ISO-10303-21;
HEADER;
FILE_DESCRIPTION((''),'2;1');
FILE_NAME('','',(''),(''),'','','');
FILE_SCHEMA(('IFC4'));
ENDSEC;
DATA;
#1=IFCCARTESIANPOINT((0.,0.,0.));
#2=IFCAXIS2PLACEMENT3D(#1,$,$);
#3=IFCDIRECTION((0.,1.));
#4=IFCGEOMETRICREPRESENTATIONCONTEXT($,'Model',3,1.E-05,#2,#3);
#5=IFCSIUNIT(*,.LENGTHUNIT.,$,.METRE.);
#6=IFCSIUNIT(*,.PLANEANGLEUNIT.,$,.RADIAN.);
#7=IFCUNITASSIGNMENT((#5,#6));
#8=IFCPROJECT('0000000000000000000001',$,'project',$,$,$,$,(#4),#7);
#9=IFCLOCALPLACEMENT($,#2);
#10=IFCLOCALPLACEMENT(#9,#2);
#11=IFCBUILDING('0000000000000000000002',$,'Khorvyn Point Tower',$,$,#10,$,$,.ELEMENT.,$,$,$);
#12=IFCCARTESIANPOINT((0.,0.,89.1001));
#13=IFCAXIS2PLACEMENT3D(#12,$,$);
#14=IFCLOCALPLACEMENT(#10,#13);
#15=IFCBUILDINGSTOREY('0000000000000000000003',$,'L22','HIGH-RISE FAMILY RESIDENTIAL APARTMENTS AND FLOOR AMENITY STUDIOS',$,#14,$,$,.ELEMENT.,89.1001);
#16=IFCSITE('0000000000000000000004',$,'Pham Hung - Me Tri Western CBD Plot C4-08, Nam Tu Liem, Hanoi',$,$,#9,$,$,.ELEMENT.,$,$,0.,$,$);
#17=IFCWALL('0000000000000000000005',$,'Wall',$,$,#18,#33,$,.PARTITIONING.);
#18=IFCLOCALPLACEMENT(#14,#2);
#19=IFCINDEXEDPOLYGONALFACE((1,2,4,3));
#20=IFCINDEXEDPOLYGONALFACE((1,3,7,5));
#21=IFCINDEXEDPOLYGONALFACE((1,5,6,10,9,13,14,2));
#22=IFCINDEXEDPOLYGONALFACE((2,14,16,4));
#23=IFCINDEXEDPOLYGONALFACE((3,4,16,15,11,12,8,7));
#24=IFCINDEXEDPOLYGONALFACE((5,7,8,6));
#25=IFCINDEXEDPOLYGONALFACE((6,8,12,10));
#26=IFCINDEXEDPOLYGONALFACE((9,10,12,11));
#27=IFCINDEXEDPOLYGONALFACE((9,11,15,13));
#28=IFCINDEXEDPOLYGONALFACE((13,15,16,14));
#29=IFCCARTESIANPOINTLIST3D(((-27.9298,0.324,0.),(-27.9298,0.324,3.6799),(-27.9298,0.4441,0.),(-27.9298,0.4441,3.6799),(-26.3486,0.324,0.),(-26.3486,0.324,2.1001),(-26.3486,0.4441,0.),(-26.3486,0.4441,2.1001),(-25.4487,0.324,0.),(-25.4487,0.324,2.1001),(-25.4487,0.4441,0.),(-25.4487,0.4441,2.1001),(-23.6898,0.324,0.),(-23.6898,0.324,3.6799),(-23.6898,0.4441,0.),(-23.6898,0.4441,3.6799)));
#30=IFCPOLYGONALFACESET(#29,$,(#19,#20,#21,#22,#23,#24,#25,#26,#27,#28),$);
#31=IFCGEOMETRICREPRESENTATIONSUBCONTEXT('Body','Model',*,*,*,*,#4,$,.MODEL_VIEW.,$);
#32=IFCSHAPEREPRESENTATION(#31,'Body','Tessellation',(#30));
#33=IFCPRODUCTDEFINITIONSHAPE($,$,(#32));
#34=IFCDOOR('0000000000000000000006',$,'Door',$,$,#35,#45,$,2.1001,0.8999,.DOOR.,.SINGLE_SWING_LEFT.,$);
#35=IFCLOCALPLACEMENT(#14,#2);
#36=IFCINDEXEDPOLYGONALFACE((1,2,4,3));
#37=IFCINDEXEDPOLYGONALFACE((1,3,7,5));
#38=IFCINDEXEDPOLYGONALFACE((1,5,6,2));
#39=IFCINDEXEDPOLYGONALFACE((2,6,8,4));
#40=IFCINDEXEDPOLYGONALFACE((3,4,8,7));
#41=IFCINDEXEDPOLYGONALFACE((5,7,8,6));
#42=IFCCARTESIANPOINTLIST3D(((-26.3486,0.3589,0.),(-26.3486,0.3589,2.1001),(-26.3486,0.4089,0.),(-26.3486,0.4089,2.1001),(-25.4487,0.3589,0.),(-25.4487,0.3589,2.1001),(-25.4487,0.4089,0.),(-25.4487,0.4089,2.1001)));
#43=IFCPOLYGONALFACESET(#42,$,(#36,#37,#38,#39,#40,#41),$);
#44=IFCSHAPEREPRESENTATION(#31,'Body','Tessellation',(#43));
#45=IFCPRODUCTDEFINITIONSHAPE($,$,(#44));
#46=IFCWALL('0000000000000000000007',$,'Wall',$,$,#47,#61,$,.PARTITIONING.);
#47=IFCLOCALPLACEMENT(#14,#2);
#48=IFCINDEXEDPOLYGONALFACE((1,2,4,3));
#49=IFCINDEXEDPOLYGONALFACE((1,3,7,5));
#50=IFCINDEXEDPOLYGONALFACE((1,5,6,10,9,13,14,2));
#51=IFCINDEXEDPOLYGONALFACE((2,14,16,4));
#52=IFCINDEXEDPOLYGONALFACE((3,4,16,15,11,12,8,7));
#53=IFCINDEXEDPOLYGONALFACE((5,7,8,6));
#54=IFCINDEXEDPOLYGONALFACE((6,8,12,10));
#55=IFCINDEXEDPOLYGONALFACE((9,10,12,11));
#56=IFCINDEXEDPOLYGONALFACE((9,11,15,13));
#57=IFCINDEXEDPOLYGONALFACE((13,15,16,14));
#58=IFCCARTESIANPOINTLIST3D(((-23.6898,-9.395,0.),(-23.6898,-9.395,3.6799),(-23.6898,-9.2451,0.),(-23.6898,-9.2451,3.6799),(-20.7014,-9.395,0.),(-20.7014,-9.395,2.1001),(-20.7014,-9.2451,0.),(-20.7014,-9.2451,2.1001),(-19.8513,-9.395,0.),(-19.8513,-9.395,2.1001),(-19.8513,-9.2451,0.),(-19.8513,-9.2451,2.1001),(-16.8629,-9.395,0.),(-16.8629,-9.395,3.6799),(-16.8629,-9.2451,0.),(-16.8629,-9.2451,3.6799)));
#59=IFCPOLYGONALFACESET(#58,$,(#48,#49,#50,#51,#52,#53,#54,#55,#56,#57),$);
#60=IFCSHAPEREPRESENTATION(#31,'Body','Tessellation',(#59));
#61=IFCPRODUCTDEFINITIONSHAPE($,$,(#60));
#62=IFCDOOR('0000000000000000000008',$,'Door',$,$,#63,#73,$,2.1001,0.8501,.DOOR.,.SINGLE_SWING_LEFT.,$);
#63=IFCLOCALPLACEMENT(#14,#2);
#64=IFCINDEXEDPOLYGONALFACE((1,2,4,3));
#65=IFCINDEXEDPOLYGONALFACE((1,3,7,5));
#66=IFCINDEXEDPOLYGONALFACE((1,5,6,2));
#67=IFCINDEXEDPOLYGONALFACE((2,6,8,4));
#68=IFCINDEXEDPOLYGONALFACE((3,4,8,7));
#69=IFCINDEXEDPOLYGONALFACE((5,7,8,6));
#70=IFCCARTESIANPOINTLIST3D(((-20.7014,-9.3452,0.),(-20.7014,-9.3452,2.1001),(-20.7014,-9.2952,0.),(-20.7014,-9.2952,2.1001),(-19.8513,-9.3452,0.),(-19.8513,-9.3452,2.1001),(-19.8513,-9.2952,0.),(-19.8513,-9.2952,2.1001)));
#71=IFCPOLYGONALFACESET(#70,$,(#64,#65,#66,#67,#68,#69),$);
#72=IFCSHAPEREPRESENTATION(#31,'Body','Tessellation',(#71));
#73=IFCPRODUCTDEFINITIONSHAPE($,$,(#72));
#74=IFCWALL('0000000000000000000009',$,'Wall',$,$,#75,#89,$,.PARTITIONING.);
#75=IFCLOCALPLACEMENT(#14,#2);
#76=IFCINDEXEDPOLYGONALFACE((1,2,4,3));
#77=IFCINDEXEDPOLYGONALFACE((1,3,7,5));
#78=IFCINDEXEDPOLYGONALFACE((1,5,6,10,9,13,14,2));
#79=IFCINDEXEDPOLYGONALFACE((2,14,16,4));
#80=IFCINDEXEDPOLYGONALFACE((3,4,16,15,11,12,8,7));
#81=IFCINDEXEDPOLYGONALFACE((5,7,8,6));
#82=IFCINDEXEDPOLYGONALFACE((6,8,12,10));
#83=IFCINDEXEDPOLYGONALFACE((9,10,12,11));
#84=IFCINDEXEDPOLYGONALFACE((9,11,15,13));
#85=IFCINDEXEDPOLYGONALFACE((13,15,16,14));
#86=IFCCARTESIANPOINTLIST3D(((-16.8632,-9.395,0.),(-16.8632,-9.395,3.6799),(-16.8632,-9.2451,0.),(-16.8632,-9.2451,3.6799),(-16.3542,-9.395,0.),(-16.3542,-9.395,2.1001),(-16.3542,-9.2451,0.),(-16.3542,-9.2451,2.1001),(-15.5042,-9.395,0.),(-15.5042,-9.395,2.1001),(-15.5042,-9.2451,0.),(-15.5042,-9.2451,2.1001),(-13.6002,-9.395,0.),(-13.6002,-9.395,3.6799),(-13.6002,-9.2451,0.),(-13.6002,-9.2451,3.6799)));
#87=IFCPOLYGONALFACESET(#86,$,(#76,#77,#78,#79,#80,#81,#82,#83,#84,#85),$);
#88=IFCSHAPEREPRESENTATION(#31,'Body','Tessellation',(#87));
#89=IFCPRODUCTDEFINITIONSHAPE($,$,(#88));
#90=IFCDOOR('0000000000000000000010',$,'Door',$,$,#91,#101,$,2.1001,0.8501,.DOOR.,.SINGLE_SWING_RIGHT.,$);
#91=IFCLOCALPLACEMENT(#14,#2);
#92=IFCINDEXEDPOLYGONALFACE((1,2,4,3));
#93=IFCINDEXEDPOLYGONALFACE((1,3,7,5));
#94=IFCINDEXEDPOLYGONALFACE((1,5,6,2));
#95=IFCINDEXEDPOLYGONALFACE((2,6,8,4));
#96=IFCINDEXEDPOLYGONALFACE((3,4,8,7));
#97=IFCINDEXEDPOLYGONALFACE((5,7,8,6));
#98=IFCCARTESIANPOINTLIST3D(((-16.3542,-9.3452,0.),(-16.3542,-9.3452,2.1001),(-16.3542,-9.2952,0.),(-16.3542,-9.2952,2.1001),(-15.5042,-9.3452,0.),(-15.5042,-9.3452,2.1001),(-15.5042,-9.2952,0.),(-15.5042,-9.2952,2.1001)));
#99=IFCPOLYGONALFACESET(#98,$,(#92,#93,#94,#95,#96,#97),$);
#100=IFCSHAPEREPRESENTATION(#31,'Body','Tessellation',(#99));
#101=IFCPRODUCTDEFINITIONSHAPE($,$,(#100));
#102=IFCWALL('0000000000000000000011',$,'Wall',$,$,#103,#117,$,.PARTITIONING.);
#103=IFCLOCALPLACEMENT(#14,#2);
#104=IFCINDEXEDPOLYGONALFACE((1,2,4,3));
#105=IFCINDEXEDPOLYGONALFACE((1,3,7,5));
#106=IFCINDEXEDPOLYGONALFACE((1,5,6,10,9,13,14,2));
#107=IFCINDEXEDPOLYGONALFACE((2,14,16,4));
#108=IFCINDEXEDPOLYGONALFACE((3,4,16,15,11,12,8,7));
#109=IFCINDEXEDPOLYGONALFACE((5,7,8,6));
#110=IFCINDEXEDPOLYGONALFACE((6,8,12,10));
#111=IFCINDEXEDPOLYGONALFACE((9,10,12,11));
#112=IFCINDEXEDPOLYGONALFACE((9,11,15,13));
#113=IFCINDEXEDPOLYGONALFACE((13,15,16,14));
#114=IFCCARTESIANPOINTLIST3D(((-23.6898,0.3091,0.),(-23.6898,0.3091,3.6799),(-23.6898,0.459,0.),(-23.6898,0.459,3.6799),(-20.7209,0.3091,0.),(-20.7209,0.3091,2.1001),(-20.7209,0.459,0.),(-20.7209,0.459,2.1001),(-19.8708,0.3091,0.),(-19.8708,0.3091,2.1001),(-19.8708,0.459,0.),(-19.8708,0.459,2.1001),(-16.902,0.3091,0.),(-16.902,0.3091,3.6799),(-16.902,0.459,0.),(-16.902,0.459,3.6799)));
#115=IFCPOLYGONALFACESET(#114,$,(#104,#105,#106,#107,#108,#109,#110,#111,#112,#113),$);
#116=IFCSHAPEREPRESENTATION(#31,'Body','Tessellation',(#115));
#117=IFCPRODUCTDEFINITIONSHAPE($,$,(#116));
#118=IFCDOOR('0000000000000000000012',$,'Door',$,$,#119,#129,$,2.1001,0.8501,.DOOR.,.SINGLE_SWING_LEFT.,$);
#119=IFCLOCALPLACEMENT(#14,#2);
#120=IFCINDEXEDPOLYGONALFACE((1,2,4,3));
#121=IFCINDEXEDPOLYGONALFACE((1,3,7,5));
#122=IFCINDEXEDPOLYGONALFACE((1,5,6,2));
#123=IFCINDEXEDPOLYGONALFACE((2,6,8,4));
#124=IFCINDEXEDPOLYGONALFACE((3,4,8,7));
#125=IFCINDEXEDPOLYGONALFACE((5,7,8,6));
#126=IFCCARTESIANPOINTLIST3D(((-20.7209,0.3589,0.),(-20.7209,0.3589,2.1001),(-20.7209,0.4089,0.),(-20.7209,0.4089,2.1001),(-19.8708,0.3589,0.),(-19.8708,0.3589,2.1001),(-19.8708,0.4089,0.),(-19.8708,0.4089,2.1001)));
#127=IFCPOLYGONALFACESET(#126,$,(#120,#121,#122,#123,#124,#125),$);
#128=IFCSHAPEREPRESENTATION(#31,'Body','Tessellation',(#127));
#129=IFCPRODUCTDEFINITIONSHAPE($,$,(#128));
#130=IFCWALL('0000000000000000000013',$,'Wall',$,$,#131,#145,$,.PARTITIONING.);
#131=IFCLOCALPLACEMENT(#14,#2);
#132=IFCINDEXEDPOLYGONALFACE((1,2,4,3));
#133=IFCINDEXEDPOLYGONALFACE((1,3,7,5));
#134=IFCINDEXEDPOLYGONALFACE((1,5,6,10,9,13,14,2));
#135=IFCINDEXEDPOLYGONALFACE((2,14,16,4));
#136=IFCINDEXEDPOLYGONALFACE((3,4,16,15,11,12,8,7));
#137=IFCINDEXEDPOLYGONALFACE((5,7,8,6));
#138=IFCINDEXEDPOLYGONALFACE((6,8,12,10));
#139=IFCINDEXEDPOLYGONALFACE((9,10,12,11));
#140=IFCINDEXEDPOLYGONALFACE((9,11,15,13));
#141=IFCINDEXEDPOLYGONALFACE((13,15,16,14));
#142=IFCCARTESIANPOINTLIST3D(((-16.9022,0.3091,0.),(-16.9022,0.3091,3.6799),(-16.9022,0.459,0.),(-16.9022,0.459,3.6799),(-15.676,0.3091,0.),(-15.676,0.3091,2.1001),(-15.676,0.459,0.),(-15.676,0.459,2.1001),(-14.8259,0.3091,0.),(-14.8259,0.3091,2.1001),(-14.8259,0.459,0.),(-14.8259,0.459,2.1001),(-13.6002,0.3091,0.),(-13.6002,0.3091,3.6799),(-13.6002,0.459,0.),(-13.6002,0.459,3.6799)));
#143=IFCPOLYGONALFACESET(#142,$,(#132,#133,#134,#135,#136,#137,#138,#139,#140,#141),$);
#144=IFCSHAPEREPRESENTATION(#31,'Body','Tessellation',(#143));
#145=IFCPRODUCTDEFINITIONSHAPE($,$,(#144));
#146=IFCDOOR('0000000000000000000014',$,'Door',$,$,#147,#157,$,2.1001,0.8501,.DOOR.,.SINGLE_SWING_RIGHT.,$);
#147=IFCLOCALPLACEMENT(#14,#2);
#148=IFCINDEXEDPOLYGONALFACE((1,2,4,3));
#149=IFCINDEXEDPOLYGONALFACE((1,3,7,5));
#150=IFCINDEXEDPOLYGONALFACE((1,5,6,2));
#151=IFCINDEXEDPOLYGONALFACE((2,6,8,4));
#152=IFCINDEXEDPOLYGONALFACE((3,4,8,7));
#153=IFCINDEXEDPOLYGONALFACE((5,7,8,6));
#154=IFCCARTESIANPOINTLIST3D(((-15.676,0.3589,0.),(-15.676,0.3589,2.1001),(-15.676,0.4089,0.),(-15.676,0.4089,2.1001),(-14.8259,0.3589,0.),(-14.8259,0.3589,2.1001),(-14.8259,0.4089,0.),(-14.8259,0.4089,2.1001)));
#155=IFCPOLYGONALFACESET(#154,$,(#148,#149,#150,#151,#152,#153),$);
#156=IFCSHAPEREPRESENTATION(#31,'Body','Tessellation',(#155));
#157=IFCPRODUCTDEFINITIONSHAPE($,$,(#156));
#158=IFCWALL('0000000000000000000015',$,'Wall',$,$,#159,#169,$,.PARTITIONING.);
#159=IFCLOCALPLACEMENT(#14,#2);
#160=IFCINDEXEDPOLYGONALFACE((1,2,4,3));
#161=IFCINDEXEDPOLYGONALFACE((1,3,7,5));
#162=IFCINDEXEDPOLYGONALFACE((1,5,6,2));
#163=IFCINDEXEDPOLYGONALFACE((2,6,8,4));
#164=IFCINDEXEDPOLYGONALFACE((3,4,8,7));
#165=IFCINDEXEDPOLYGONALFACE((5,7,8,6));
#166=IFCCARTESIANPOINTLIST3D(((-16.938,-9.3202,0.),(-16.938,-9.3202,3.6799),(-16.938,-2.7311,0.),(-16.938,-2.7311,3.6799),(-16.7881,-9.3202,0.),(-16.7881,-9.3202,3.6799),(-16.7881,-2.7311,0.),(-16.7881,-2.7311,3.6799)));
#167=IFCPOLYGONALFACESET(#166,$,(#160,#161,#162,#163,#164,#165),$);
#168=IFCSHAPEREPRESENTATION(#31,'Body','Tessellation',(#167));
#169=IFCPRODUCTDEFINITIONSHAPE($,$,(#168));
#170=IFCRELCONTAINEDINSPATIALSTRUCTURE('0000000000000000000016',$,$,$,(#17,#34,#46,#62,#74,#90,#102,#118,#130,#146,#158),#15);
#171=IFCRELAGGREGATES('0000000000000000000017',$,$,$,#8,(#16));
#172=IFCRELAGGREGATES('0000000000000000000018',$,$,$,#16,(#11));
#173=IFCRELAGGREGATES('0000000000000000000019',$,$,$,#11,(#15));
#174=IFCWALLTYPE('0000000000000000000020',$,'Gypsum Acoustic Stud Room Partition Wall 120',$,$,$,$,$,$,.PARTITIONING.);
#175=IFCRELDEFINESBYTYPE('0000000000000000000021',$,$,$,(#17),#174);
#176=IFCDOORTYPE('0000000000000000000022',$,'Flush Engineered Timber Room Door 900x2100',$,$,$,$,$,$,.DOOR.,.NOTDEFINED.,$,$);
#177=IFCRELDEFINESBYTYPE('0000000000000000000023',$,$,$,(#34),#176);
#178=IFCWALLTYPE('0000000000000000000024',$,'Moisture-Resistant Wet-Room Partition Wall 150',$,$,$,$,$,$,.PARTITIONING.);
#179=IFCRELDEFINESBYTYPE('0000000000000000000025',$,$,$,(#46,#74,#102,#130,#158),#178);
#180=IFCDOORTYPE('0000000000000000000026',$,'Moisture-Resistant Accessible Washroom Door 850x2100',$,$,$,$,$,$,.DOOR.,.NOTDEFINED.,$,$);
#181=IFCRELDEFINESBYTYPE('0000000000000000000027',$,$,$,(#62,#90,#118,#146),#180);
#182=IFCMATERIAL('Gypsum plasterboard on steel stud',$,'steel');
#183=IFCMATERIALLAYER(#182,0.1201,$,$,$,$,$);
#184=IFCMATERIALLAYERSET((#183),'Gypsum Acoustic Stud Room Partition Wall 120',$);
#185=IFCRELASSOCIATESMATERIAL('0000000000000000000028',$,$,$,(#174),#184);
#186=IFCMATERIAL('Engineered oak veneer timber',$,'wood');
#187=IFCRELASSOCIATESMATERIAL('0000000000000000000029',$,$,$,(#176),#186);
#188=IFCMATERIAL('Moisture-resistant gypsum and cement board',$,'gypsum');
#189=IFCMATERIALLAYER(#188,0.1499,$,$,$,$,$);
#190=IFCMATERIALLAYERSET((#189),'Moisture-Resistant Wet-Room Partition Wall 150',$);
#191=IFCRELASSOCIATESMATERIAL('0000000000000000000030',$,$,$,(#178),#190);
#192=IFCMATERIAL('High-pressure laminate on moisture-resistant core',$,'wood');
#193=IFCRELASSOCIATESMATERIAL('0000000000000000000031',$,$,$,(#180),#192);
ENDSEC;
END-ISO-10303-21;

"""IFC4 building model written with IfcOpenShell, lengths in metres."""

from ifc_helpers import new_model, si_unit, direction, frame, frame_2d, origin, place, context, subcontext, project, spatial, rectangle, extrude, material, layer, layer_set, type_object, element, fill, save


model = new_model("IFC4")

# Units and contexts
model_context = context("Model", 3, precision=1e-05, world=origin(), true_north=direction((0.0, 1.0)))
body_context = subcontext(model_context, "Body", "Model", "MODEL_VIEW")
ifc_project = project(units=[si_unit("LENGTHUNIT", "METRE"), si_unit("PLANEANGLEUNIT", "RADIAN")], contexts=[model_context])

# Site, building, storey
site_placement = place(None, origin())
site = spatial("IfcSite", under=ifc_project, at=site_placement, Name="Pham Hung - Me Tri Western CBD Plot C4-08, Nam Tu Liem, Hanoi", CompositionType="ELEMENT", RefElevation=0.0)
building_placement = place(site_placement, origin())
building = spatial("IfcBuilding", under=site, at=building_placement, Name="Khorvyn Point Tower", CompositionType="ELEMENT")
storey_placement = place(building_placement, frame((0.0, 0.0, 89.1001)))
storey = spatial("IfcBuildingStorey", under=building, at=storey_placement, Name="L22", Description="HIGH-RISE FAMILY RESIDENTIAL APARTMENTS AND FLOOR AMENITY STUDIOS", CompositionType="ELEMENT", Elevation=89.1001)

# Walls, openings, doors
ifc_material_1 = material(Name="Gypsum plasterboard on steel stud", Category="steel")
ifc_layer_1 = layer(ifc_material_1, 0.1201)
ifc_layer_set_1 = layer_set([ifc_layer_1], Name="Gypsum Acoustic Stud Room Partition Wall 120")
wall_type_1 = type_object("IfcWallType", Name="Gypsum Acoustic Stud Room Partition Wall 120", PredefinedType="PARTITIONING", material=ifc_layer_set_1)
ifc_material_2 = material(Name="Engineered oak veneer timber", Category="wood")
door_type_1 = type_object("IfcDoorType", Name="Flush Engineered Timber Room Door 900x2100", OperationType="NOTDEFINED", PredefinedType="DOOR", material=ifc_material_2)
wall_1_placement = place(storey_placement, frame((-27.9299, 0.384, 0.0), z_axis=(0.0, 0.0, 1.0), x_axis=(1.0, 0.0, 0.0)))
wall_1 = element("IfcWall", 1, at=wall_1_placement, inside=storey, type_object=wall_type_1, Name="Wall", PredefinedType="PARTITIONING", context=body_context, shape_type="SweptSolid", body=[
    extrude(rectangle(XDim=4.24, YDim=0.1201, at=frame_2d((2.1201, 0.0))), origin(), (0.0, 0.0, 1.0), 3.6799),
])
opening_1_placement = place(wall_1_placement, frame((1.5813, 0.0, 0.0)))
opening_1 = element("IfcOpeningElement", 2, at=opening_1_placement, cuts=wall_1, PredefinedType="OPENING", context=body_context, shape_type="SweptSolid", body=[
    extrude(rectangle(XDim=0.8999, YDim=2.1001, at=frame_2d((0.45, 1.05))), frame((0.0, 0.0701, 0.0), z_axis=(0.0, -1.0, 0.0), x_axis=(1.0, 0.0, 0.0)), (0.0, 0.0, 1.0), 0.1401),
])
door_1_placement = place(opening_1_placement, origin())
door_1 = element("IfcDoor", 3, at=door_1_placement, inside=storey, type_object=door_type_1, Name="Door", OperationType="SINGLE_SWING_LEFT", OverallHeight=2.1001, OverallWidth=0.8999, PredefinedType="DOOR", context=body_context, shape_type="SweptSolid", body=[
    extrude(rectangle(XDim=0.8999, YDim=2.1001, at=frame_2d((0.45, 1.05))), frame((0.0, 0.0249, 0.0), z_axis=(0.0, -1.0, 0.0), x_axis=(1.0, 0.0, 0.0)), (0.0, 0.0, 1.0), 0.05),
])
fill(opening_1, door_1)
ifc_material_3 = material(Name="Moisture-resistant gypsum and cement board", Category="gypsum")
ifc_layer_2 = layer(ifc_material_3, 0.1499)
ifc_layer_set_2 = layer_set([ifc_layer_2], Name="Moisture-Resistant Wet-Room Partition Wall 150")
wall_type_2 = type_object("IfcWallType", Name="Moisture-Resistant Wet-Room Partition Wall 150", PredefinedType="PARTITIONING", material=ifc_layer_set_2)
wall_2_placement = place(storey_placement, frame((-23.6899, -9.3201, 0.0), z_axis=(0.0, 0.0, 1.0), x_axis=(1.0, 0.0, 0.0)))
wall_2 = element("IfcWall", 4, at=wall_2_placement, inside=storey, type_object=wall_type_2, Name="Wall", PredefinedType="PARTITIONING", context=body_context, shape_type="SweptSolid", body=[
    extrude(rectangle(XDim=6.8269, YDim=0.1499, at=frame_2d((3.4136, 0.0))), origin(), (0.0, 0.0, 1.0), 3.6799),
])
opening_2_placement = place(wall_2_placement, frame((2.9885, 0.0, 0.0)))
opening_2 = element("IfcOpeningElement", 5, at=opening_2_placement, cuts=wall_2, PredefinedType="OPENING", context=body_context, shape_type="SweptSolid", body=[
    extrude(rectangle(XDim=0.8501, YDim=2.1001, at=frame_2d((0.425, 1.05))), frame((0.0, 0.085, 0.0), z_axis=(0.0, -1.0, 0.0), x_axis=(1.0, 0.0, 0.0)), (0.0, 0.0, 1.0), 0.1699),
])
ifc_material_4 = material(Name="High-pressure laminate on moisture-resistant core", Category="wood")
door_type_2 = type_object("IfcDoorType", Name="Moisture-Resistant Accessible Washroom Door 850x2100", OperationType="NOTDEFINED", PredefinedType="DOOR", material=ifc_material_4)
door_2_placement = place(opening_2_placement, origin())
door_2 = element("IfcDoor", 6, at=door_2_placement, inside=storey, type_object=door_type_2, Name="Door", OperationType="SINGLE_SWING_LEFT", OverallHeight=2.1001, OverallWidth=0.8501, PredefinedType="DOOR", context=body_context, shape_type="SweptSolid", body=[
    extrude(rectangle(XDim=0.8501, YDim=2.1001, at=frame_2d((0.425, 1.05))), frame((0.0, 0.0249, 0.0), z_axis=(0.0, -1.0, 0.0), x_axis=(1.0, 0.0, 0.0)), (0.0, 0.0, 1.0), 0.05),
])
fill(opening_2, door_2)
wall_3_placement = place(storey_placement, frame((-16.863, -9.3201, 0.0), z_axis=(0.0, 0.0, 1.0), x_axis=(1.0, 0.0, 0.0)))
wall_3 = element("IfcWall", 7, at=wall_3_placement, inside=storey, type_object=wall_type_2, Name="Wall", PredefinedType="PARTITIONING", context=body_context, shape_type="SweptSolid", body=[
    extrude(rectangle(XDim=3.2629, YDim=0.1499, at=frame_2d((1.6313, 0.0))), origin(), (0.0, 0.0, 1.0), 3.6799),
])
opening_3_placement = place(wall_3_placement, frame((0.5088, 0.0, 0.0)))
opening_3 = element("IfcOpeningElement", 8, at=opening_3_placement, cuts=wall_3, PredefinedType="OPENING", context=body_context, shape_type="SweptSolid", body=[
    extrude(rectangle(XDim=0.8501, YDim=2.1001, at=frame_2d((0.425, 1.05))), frame((0.0, 0.085, 0.0), z_axis=(0.0, -1.0, 0.0), x_axis=(1.0, 0.0, 0.0)), (0.0, 0.0, 1.0), 0.1699),
])
door_3_placement = place(opening_3_placement, origin())
door_3 = element("IfcDoor", 9, at=door_3_placement, inside=storey, type_object=door_type_2, Name="Door", OperationType="SINGLE_SWING_RIGHT", OverallHeight=2.1001, OverallWidth=0.8501, PredefinedType="DOOR", context=body_context, shape_type="SweptSolid", body=[
    extrude(rectangle(XDim=0.8501, YDim=2.1001, at=frame_2d((0.425, 1.05))), frame((0.0, 0.0249, 0.0), z_axis=(0.0, -1.0, 0.0), x_axis=(1.0, 0.0, 0.0)), (0.0, 0.0, 1.0), 0.05),
])
fill(opening_3, door_3)
wall_4_placement = place(storey_placement, frame((-23.6899, 0.384, 0.0), z_axis=(0.0, 0.0, 1.0), x_axis=(1.0, 0.0, 0.0)))
wall_4 = element("IfcWall", 10, at=wall_4_placement, inside=storey, type_object=wall_type_2, Name="Wall", PredefinedType="PARTITIONING", context=body_context, shape_type="SweptSolid", body=[
    extrude(rectangle(XDim=6.7878, YDim=0.1499, at=frame_2d((3.394, 0.0))), origin(), (0.0, 0.0, 1.0), 3.6799),
])
opening_4_placement = place(wall_4_placement, frame((2.969, 0.0, 0.0)))
opening_4 = element("IfcOpeningElement", 11, at=opening_4_placement, cuts=wall_4, PredefinedType="OPENING", context=body_context, shape_type="SweptSolid", body=[
    extrude(rectangle(XDim=0.8501, YDim=2.1001, at=frame_2d((0.425, 1.05))), frame((0.0, 0.085, 0.0), z_axis=(0.0, -1.0, 0.0), x_axis=(1.0, 0.0, 0.0)), (0.0, 0.0, 1.0), 0.1699),
])
door_4_placement = place(opening_4_placement, origin())
door_4 = element("IfcDoor", 12, at=door_4_placement, inside=storey, type_object=door_type_2, Name="Door", OperationType="SINGLE_SWING_LEFT", OverallHeight=2.1001, OverallWidth=0.8501, PredefinedType="DOOR", context=body_context, shape_type="SweptSolid", body=[
    extrude(rectangle(XDim=0.8501, YDim=2.1001, at=frame_2d((0.425, 1.05))), frame((0.0, 0.0249, 0.0), z_axis=(0.0, -1.0, 0.0), x_axis=(1.0, 0.0, 0.0)), (0.0, 0.0, 1.0), 0.05),
])
fill(opening_4, door_4)
wall_5_placement = place(storey_placement, frame((-16.9021, 0.384, 0.0), z_axis=(0.0, 0.0, 1.0), x_axis=(1.0, 0.0, 0.0)))
wall_5 = element("IfcWall", 13, at=wall_5_placement, inside=storey, type_object=wall_type_2, Name="Wall", PredefinedType="PARTITIONING", context=body_context, shape_type="SweptSolid", body=[
    extrude(rectangle(XDim=3.302, YDim=0.1499, at=frame_2d((1.6509, 0.0))), origin(), (0.0, 0.0, 1.0), 3.6799),
])
opening_5_placement = place(wall_5_placement, frame((1.2261, 0.0, 0.0)))
opening_5 = element("IfcOpeningElement", 14, at=opening_5_placement, cuts=wall_5, PredefinedType="OPENING", context=body_context, shape_type="SweptSolid", body=[
    extrude(rectangle(XDim=0.8501, YDim=2.1001, at=frame_2d((0.425, 1.05))), frame((0.0, 0.085, 0.0), z_axis=(0.0, -1.0, 0.0), x_axis=(1.0, 0.0, 0.0)), (0.0, 0.0, 1.0), 0.1699),
])
door_5_placement = place(opening_5_placement, origin())
door_5 = element("IfcDoor", 15, at=door_5_placement, inside=storey, type_object=door_type_2, Name="Door", OperationType="SINGLE_SWING_RIGHT", OverallHeight=2.1001, OverallWidth=0.8501, PredefinedType="DOOR", context=body_context, shape_type="SweptSolid", body=[
    extrude(rectangle(XDim=0.8501, YDim=2.1001, at=frame_2d((0.425, 1.05))), frame((0.0, 0.0249, 0.0), z_axis=(0.0, -1.0, 0.0), x_axis=(1.0, 0.0, 0.0)), (0.0, 0.0, 1.0), 0.05),
])
fill(opening_5, door_5)

# Wall
for number, where, z_axis, x_axis, name in (
    (16, (-16.863, -9.3201, 0.0), (0.0, 0.0, 1.0), (0.0, 1.0, 0.0), "Wall"),
):
    element("IfcWall", number, at=place(storey_placement, frame(where, z_axis=z_axis, x_axis=x_axis)), inside=storey, type_object=wall_type_2, Name=name, PredefinedType="PARTITIONING", context=body_context, shape_type="SweptSolid", body=[
        extrude(rectangle(XDim=6.5891, YDim=0.1499, at=frame_2d((3.2944, 0.0))), origin(), (0.0, 0.0, 1.0), 3.6799),
    ])

save(model, "model.ifc")
